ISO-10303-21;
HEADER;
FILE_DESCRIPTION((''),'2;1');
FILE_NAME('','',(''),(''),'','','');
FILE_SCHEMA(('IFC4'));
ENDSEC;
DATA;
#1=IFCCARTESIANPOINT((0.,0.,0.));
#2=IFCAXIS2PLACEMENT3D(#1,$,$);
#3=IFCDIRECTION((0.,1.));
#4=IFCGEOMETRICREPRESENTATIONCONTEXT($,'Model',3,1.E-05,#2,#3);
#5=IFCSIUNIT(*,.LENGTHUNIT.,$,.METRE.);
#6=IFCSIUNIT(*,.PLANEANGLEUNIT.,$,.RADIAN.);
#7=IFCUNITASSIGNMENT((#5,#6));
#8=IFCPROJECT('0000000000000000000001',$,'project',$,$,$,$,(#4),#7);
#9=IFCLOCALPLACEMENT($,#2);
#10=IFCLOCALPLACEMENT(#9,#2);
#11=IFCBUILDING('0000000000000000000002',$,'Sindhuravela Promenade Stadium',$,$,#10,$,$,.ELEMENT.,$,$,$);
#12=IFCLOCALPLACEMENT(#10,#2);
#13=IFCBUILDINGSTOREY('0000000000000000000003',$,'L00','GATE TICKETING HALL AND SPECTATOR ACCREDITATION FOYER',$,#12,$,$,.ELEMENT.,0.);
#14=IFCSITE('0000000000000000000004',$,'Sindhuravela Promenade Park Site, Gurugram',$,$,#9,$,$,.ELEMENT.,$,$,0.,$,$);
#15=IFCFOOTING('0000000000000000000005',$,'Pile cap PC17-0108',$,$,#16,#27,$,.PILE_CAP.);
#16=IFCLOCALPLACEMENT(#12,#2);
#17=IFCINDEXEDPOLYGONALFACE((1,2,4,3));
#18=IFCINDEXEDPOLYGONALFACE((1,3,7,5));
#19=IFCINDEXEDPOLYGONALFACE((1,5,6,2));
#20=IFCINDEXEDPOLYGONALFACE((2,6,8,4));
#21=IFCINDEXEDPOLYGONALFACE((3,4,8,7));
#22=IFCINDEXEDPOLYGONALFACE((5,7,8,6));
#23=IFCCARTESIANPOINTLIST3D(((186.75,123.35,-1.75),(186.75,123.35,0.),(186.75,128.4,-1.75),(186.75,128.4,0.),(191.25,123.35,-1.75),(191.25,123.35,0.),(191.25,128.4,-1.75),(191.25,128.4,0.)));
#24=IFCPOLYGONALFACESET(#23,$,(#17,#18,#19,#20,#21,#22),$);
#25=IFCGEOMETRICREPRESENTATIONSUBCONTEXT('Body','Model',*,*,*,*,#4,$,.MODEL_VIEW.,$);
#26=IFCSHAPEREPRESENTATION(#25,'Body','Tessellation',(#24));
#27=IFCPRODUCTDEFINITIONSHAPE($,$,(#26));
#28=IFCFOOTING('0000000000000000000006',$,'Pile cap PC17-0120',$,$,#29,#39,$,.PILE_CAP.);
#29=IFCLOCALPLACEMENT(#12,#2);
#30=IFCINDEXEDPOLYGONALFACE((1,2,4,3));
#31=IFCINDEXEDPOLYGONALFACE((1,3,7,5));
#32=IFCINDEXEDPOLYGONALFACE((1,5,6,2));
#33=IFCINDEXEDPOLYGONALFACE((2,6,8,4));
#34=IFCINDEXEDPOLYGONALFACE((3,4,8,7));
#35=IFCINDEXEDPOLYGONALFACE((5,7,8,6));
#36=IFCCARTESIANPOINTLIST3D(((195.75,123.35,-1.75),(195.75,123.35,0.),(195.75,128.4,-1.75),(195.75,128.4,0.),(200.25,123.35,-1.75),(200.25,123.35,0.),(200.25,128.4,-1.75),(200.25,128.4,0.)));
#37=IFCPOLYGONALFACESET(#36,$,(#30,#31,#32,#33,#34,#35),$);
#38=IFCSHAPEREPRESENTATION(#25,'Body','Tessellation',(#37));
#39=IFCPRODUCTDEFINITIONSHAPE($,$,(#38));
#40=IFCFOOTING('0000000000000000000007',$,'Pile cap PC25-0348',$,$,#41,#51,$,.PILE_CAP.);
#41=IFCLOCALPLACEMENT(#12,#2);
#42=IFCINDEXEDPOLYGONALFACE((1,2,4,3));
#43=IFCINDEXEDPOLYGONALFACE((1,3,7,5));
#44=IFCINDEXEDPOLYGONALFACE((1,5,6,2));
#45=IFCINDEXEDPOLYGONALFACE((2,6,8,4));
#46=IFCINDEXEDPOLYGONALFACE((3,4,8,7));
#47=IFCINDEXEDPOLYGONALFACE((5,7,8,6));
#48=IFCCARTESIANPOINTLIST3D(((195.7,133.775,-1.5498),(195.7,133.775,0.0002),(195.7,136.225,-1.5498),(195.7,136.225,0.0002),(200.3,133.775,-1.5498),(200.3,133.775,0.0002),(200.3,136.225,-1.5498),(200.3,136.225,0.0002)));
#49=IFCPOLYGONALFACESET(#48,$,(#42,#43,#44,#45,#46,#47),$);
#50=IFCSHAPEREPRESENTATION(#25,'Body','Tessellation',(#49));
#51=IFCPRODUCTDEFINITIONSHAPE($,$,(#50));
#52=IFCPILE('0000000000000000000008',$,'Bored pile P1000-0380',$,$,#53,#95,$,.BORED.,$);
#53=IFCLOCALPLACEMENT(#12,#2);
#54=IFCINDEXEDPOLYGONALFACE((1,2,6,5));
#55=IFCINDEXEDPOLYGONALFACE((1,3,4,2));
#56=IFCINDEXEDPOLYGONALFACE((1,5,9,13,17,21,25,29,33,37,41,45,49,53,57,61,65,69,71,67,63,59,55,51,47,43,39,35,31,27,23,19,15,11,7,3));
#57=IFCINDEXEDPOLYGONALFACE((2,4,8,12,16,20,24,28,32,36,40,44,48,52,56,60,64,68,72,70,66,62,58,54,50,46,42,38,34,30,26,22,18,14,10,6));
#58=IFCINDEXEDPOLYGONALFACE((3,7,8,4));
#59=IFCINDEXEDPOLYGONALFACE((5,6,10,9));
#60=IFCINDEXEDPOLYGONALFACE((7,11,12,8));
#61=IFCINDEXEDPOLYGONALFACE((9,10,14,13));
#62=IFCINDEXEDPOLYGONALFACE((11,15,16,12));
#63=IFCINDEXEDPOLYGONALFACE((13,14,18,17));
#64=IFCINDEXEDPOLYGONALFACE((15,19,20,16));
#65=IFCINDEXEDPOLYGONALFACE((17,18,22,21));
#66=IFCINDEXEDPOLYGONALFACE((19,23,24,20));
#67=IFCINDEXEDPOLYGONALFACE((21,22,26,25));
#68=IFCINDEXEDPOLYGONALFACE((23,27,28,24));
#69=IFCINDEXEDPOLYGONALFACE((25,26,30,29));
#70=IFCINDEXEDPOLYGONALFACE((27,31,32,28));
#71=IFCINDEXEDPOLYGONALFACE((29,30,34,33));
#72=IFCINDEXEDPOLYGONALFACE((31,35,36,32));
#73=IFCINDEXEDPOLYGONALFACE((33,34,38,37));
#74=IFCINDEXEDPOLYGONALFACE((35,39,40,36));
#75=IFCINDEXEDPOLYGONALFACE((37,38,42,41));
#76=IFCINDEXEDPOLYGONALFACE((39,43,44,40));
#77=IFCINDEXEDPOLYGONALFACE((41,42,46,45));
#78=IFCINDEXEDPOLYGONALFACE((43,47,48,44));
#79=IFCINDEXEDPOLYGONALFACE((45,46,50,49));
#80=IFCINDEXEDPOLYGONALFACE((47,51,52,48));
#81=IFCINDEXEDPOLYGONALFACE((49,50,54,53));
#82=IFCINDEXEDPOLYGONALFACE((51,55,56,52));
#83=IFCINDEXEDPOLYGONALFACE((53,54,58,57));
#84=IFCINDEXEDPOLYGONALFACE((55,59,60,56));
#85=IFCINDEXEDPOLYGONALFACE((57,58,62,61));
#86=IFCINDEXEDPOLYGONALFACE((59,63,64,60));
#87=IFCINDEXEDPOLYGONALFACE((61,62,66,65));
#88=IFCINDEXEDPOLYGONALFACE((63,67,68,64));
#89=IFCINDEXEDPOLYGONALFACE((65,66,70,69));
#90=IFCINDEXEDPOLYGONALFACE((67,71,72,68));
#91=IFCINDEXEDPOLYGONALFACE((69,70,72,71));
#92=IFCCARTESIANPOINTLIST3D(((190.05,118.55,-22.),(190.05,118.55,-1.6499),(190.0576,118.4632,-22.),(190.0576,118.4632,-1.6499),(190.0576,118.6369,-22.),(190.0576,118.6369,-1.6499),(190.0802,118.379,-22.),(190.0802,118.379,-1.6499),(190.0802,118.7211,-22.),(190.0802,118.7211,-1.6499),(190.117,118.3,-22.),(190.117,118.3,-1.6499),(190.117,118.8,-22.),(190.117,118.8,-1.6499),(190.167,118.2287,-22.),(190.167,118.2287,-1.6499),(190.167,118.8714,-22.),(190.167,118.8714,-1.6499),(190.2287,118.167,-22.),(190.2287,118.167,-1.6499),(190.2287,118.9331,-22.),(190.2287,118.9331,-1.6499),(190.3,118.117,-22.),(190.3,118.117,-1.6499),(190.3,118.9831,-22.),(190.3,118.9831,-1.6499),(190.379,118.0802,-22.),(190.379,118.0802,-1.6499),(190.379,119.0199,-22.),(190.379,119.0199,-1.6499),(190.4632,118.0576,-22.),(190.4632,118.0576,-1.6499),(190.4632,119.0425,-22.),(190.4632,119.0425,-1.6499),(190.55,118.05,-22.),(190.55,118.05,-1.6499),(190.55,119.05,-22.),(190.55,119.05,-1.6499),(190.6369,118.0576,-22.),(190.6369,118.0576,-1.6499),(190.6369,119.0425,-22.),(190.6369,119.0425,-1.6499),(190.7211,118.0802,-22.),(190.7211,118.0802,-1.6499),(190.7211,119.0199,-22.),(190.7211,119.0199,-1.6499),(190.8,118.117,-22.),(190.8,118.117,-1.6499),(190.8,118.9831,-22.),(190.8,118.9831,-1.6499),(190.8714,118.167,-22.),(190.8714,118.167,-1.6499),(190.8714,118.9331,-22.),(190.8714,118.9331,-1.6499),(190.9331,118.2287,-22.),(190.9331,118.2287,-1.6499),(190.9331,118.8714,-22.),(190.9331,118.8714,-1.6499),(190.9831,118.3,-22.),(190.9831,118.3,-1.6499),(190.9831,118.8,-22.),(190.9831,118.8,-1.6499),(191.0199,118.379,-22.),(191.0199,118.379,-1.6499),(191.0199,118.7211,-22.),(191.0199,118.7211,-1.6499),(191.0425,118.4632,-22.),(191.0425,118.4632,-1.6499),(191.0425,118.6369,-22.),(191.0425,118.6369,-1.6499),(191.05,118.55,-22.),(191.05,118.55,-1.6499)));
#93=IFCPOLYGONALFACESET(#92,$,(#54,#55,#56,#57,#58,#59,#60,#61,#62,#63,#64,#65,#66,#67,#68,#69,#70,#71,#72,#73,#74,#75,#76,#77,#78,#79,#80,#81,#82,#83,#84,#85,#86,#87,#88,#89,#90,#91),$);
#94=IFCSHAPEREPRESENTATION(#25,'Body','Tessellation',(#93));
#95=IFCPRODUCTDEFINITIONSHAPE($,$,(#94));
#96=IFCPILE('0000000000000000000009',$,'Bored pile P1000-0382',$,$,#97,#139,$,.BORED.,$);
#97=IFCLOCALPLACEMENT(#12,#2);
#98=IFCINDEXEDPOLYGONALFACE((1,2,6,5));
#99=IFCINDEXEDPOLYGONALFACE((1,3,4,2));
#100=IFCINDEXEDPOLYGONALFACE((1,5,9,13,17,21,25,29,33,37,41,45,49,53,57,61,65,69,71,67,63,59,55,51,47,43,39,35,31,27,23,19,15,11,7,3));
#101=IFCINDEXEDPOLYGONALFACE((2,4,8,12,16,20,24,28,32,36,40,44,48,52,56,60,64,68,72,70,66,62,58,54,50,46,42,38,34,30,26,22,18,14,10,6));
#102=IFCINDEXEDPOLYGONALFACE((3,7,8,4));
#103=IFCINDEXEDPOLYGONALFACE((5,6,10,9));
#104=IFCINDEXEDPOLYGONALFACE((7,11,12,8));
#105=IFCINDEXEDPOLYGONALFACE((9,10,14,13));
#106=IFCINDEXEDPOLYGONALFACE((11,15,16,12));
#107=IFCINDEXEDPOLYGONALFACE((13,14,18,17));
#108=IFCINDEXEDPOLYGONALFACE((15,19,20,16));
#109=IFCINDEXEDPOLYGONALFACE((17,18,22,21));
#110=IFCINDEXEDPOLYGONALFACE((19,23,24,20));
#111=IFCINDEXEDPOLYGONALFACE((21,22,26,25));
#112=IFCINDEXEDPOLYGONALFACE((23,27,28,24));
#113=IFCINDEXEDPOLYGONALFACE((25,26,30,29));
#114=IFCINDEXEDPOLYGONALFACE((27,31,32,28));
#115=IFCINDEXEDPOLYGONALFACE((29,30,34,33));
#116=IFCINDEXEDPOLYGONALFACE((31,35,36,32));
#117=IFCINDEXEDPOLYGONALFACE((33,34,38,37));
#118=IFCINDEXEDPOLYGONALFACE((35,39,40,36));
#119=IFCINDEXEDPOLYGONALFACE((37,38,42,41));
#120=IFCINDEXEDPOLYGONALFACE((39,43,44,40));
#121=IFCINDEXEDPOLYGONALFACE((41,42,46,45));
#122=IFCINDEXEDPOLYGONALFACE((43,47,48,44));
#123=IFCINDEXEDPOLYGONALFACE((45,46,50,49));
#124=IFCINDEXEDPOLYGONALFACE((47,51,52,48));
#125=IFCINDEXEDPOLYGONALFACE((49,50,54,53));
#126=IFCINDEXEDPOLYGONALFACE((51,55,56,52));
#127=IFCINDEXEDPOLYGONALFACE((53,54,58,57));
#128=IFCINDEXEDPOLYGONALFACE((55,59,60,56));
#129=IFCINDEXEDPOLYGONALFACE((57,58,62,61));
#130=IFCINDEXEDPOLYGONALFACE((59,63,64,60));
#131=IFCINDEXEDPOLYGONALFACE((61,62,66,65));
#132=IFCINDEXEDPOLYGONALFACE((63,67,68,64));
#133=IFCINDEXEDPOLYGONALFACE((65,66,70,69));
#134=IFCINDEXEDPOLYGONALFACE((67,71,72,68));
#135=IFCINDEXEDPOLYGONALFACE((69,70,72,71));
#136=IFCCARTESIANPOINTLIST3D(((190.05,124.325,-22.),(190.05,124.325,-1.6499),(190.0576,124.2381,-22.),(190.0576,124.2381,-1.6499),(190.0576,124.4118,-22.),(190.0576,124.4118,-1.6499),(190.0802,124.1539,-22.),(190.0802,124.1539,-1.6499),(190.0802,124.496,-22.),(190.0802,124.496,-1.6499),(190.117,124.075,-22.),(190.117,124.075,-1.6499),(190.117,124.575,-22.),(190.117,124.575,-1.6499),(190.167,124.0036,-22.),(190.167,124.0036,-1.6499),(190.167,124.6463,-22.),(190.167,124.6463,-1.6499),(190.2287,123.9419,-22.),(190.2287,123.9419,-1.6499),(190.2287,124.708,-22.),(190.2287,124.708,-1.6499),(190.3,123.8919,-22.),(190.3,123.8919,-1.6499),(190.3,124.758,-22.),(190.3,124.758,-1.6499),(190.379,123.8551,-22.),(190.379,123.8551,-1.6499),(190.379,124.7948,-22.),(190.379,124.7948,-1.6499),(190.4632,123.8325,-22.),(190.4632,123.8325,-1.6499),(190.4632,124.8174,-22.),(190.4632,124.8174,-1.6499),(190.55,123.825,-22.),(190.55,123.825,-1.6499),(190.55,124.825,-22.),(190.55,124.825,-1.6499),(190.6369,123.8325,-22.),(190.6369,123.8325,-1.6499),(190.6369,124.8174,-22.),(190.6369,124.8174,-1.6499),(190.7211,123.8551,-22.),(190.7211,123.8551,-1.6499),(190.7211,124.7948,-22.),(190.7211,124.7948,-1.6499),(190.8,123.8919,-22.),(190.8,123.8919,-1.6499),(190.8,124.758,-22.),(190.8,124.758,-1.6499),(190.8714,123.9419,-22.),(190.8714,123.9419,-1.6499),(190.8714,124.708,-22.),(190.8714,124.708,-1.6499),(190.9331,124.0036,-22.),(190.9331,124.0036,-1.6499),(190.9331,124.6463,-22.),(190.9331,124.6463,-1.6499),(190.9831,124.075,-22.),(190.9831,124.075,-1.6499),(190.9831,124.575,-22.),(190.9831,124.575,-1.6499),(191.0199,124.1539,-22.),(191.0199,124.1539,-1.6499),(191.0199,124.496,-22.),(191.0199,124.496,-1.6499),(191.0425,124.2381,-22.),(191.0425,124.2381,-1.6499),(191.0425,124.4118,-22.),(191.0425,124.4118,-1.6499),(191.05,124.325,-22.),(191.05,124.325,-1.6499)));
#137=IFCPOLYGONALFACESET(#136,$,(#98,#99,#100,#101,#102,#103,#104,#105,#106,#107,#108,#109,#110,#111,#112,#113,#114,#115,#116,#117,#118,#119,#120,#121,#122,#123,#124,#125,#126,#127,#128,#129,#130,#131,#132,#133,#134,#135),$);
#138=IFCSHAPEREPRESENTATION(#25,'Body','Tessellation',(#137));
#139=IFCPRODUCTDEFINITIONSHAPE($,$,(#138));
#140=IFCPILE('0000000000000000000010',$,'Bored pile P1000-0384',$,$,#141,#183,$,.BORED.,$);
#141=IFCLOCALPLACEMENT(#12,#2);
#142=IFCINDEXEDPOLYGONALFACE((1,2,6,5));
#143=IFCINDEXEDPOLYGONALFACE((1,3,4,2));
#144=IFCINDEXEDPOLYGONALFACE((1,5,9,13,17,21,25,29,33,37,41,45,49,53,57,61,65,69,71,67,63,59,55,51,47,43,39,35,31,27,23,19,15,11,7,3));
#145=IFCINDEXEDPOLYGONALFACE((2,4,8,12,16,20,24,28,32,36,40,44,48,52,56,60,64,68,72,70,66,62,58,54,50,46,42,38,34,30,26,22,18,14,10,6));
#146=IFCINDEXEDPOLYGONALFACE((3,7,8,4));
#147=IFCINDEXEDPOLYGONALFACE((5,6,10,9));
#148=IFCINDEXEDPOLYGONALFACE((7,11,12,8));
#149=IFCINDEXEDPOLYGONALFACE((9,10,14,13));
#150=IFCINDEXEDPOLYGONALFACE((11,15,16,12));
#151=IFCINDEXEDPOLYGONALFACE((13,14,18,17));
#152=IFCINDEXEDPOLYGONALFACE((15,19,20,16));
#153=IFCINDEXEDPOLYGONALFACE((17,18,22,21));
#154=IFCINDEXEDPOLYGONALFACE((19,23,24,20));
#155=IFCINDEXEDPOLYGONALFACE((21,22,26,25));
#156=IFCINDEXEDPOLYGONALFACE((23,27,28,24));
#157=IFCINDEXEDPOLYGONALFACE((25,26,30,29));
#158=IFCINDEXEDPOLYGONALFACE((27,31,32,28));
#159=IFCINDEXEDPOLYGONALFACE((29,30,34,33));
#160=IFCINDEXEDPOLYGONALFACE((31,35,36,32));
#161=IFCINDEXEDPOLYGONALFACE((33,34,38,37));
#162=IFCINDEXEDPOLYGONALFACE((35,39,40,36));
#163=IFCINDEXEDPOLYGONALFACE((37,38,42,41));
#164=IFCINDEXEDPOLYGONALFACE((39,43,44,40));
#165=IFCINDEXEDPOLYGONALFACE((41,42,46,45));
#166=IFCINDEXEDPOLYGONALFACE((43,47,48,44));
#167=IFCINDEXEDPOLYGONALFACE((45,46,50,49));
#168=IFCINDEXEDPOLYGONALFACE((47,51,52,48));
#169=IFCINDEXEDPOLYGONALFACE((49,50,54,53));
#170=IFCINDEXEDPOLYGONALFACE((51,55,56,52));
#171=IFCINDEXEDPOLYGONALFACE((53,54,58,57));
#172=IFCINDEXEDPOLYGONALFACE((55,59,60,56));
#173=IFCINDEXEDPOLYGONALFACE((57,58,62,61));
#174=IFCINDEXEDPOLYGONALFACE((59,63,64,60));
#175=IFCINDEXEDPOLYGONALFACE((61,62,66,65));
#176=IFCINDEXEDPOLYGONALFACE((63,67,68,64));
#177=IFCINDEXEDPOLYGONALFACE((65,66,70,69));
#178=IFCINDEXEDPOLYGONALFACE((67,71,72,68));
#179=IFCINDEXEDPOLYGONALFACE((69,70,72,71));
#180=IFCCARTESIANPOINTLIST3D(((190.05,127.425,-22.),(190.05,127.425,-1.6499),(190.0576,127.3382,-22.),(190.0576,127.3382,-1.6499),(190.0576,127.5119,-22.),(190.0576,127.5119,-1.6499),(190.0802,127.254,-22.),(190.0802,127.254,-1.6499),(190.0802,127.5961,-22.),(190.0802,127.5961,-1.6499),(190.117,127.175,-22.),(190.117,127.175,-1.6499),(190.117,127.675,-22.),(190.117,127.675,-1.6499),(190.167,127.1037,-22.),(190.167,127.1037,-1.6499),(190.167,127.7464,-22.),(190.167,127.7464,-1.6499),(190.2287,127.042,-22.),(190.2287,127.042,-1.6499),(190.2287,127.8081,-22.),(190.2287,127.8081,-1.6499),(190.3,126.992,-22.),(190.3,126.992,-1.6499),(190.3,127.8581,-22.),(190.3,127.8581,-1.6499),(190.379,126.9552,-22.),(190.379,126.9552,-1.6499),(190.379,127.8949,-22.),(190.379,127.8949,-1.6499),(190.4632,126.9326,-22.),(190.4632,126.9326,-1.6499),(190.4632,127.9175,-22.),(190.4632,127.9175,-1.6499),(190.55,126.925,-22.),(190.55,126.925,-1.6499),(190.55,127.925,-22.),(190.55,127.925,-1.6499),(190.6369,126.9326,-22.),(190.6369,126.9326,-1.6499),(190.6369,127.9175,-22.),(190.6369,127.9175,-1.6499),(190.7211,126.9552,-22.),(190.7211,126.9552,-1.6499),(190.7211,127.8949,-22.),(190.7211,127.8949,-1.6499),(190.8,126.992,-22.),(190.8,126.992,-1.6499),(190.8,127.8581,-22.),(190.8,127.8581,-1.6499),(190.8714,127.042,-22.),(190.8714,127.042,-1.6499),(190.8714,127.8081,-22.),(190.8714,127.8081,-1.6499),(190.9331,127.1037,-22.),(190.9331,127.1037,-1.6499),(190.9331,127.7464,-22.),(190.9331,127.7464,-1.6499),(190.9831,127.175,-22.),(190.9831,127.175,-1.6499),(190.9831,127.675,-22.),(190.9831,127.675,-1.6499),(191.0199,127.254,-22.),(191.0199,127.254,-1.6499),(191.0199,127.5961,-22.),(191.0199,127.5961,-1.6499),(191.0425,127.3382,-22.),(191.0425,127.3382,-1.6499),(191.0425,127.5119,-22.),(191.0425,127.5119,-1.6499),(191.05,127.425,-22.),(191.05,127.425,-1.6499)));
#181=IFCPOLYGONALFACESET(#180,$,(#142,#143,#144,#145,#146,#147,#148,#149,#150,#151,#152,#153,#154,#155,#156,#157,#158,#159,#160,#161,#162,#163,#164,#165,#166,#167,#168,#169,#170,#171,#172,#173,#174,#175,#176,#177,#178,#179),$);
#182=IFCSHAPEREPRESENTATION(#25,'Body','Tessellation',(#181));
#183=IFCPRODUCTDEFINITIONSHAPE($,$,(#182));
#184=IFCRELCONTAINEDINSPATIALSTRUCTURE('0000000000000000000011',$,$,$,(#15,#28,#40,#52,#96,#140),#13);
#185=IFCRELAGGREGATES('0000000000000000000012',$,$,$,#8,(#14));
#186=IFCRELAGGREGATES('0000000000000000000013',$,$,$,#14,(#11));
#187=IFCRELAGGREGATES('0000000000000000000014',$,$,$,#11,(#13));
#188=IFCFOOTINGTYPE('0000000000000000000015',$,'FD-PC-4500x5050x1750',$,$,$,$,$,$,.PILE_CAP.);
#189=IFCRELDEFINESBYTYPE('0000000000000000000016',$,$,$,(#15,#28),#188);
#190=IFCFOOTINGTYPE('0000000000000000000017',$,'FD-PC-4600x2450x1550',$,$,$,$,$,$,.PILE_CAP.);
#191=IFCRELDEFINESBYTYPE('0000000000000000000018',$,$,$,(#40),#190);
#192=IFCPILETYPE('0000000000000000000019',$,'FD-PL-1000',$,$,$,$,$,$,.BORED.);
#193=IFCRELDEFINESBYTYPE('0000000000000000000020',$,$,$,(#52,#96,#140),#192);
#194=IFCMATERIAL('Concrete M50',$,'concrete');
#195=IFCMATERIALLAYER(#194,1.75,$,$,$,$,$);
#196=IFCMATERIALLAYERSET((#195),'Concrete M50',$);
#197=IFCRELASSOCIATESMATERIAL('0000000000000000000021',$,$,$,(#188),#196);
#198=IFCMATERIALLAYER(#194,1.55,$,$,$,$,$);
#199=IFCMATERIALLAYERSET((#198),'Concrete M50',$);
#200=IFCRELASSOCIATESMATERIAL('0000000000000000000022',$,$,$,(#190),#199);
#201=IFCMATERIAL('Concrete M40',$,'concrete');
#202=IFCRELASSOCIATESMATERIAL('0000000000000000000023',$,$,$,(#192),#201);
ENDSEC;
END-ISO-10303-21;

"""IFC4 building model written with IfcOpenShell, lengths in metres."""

from ifc_helpers import new_model, si_unit, direction, frame, origin, origin_2d, place, context, subcontext, project, spatial, rectangle, circle, extrude, material, layer, layer_set, material_profile, profile_set, type_object, element, save


model = new_model("IFC4")

# Units and contexts
model_context = context("Model", 3, precision=1e-05, world=origin(), true_north=direction((0.0, 1.0)))
body_context = subcontext(model_context, "Body", "Model", "MODEL_VIEW")
ifc_project = project(units=[si_unit("LENGTHUNIT", "METRE"), si_unit("PLANEANGLEUNIT", "RADIAN")], contexts=[model_context])

# Site, building, storey
site_placement = place(None, origin())
site = spatial("IfcSite", under=ifc_project, at=site_placement, Name="Sindhuravela Promenade Park Site, Gurugram", CompositionType="ELEMENT", RefElevation=0.0)
building_placement = place(site_placement, origin())
building = spatial("IfcBuilding", under=site, at=building_placement, Name="Sindhuravela Promenade Stadium", CompositionType="ELEMENT")
storey_placement = place(building_placement, origin())
storey = spatial("IfcBuildingStorey", under=building, at=storey_placement, Name="L00", Description="GATE TICKETING HALL AND SPECTATOR ACCREDITATION FOYER", CompositionType="ELEMENT", Elevation=0.0)

# Footings
ifc_material_1 = material(Name="Concrete M50", Category="concrete")
ifc_layer_1 = layer(ifc_material_1, 1.75)
ifc_layer_set_1 = layer_set([ifc_layer_1], Name="Concrete M50")
footing_type_1 = type_object("IfcFootingType", Name="FD-PC-4500x5050x1750", PredefinedType="PILE_CAP", material=ifc_layer_set_1)
for number, where, z_axis, x_axis, name in (
    (1, (189.0, 125.875, -1.75), (0.0, 0.0, 1.0), (1.0, 0.0, 0.0), "Pile cap PC17-0108"),
    (2, (198.0, 125.875, -1.75), (0.0, 0.0, 1.0), (1.0, 0.0, 0.0), "Pile cap PC17-0120"),
):
    element("IfcFooting", number, at=place(storey_placement, frame(where, z_axis=z_axis, x_axis=x_axis)), inside=storey, type_object=footing_type_1, Name=name, PredefinedType="PILE_CAP", context=body_context, shape_type="SweptSolid", body=[
        extrude(rectangle(XDim=4.5, YDim=5.05, at=origin_2d()), origin(), (0.0, 0.0, 1.0), 1.75),
    ])
ifc_layer_2 = layer(ifc_material_1, 1.55)
ifc_layer_set_2 = layer_set([ifc_layer_2], Name="Concrete M50")
footing_type_2 = type_object("IfcFootingType", Name="FD-PC-4600x2450x1550", PredefinedType="PILE_CAP", material=ifc_layer_set_2)
footing_placement = place(storey_placement, frame((198.0, 135.0, -1.5498), z_axis=(0.0, 0.0, 1.0), x_axis=(1.0, 0.0, 0.0)))
element("IfcFooting", 3, at=footing_placement, inside=storey, type_object=footing_type_2, Name="Pile cap PC25-0348", PredefinedType="PILE_CAP", context=body_context, shape_type="SweptSolid", body=[
    extrude(rectangle(XDim=4.6001, YDim=2.45, at=origin_2d()), origin(), (0.0, 0.0, 1.0), 1.55),
])

# Piles
ifc_material_2 = material(Name="Concrete M40", Category="concrete")
ifc_material_profile_1 = material_profile(ifc_material_2, circle(Radius=0.5, at=origin_2d()), Name="BORED PILE D1000")
ifc_profile_set_1 = profile_set([ifc_material_profile_1], Name="Concrete M40")
pile_type = type_object("IfcPileType", Name="FD-PL-1000", PredefinedType="BORED", material=ifc_profile_set_1)
for number, where, z_axis, x_axis, name in (
    (4, (190.55, 118.55, -1.6499), (0.0, 0.0, -1.0), (1.0, 0.0, 0.0), "Bored pile P1000-0380"),
    (5, (190.55, 124.325, -1.6499), (0.0, 0.0, -1.0), (1.0, 0.0, 0.0), "Bored pile P1000-0382"),
    (6, (190.55, 127.425, -1.6499), (0.0, 0.0, -1.0), (1.0, 0.0, 0.0), "Bored pile P1000-0384"),
):
    element("IfcPile", number, at=place(storey_placement, frame(where, z_axis=z_axis, x_axis=x_axis)), inside=storey, type_object=pile_type, Name=name, PredefinedType="BORED", context=body_context, shape_type="SweptSolid", body=[
        extrude(circle(Radius=0.5, at=origin_2d()), origin(), (0.0, 0.0, 1.0), 20.3501),
    ])

save(model, "model.ifc")
